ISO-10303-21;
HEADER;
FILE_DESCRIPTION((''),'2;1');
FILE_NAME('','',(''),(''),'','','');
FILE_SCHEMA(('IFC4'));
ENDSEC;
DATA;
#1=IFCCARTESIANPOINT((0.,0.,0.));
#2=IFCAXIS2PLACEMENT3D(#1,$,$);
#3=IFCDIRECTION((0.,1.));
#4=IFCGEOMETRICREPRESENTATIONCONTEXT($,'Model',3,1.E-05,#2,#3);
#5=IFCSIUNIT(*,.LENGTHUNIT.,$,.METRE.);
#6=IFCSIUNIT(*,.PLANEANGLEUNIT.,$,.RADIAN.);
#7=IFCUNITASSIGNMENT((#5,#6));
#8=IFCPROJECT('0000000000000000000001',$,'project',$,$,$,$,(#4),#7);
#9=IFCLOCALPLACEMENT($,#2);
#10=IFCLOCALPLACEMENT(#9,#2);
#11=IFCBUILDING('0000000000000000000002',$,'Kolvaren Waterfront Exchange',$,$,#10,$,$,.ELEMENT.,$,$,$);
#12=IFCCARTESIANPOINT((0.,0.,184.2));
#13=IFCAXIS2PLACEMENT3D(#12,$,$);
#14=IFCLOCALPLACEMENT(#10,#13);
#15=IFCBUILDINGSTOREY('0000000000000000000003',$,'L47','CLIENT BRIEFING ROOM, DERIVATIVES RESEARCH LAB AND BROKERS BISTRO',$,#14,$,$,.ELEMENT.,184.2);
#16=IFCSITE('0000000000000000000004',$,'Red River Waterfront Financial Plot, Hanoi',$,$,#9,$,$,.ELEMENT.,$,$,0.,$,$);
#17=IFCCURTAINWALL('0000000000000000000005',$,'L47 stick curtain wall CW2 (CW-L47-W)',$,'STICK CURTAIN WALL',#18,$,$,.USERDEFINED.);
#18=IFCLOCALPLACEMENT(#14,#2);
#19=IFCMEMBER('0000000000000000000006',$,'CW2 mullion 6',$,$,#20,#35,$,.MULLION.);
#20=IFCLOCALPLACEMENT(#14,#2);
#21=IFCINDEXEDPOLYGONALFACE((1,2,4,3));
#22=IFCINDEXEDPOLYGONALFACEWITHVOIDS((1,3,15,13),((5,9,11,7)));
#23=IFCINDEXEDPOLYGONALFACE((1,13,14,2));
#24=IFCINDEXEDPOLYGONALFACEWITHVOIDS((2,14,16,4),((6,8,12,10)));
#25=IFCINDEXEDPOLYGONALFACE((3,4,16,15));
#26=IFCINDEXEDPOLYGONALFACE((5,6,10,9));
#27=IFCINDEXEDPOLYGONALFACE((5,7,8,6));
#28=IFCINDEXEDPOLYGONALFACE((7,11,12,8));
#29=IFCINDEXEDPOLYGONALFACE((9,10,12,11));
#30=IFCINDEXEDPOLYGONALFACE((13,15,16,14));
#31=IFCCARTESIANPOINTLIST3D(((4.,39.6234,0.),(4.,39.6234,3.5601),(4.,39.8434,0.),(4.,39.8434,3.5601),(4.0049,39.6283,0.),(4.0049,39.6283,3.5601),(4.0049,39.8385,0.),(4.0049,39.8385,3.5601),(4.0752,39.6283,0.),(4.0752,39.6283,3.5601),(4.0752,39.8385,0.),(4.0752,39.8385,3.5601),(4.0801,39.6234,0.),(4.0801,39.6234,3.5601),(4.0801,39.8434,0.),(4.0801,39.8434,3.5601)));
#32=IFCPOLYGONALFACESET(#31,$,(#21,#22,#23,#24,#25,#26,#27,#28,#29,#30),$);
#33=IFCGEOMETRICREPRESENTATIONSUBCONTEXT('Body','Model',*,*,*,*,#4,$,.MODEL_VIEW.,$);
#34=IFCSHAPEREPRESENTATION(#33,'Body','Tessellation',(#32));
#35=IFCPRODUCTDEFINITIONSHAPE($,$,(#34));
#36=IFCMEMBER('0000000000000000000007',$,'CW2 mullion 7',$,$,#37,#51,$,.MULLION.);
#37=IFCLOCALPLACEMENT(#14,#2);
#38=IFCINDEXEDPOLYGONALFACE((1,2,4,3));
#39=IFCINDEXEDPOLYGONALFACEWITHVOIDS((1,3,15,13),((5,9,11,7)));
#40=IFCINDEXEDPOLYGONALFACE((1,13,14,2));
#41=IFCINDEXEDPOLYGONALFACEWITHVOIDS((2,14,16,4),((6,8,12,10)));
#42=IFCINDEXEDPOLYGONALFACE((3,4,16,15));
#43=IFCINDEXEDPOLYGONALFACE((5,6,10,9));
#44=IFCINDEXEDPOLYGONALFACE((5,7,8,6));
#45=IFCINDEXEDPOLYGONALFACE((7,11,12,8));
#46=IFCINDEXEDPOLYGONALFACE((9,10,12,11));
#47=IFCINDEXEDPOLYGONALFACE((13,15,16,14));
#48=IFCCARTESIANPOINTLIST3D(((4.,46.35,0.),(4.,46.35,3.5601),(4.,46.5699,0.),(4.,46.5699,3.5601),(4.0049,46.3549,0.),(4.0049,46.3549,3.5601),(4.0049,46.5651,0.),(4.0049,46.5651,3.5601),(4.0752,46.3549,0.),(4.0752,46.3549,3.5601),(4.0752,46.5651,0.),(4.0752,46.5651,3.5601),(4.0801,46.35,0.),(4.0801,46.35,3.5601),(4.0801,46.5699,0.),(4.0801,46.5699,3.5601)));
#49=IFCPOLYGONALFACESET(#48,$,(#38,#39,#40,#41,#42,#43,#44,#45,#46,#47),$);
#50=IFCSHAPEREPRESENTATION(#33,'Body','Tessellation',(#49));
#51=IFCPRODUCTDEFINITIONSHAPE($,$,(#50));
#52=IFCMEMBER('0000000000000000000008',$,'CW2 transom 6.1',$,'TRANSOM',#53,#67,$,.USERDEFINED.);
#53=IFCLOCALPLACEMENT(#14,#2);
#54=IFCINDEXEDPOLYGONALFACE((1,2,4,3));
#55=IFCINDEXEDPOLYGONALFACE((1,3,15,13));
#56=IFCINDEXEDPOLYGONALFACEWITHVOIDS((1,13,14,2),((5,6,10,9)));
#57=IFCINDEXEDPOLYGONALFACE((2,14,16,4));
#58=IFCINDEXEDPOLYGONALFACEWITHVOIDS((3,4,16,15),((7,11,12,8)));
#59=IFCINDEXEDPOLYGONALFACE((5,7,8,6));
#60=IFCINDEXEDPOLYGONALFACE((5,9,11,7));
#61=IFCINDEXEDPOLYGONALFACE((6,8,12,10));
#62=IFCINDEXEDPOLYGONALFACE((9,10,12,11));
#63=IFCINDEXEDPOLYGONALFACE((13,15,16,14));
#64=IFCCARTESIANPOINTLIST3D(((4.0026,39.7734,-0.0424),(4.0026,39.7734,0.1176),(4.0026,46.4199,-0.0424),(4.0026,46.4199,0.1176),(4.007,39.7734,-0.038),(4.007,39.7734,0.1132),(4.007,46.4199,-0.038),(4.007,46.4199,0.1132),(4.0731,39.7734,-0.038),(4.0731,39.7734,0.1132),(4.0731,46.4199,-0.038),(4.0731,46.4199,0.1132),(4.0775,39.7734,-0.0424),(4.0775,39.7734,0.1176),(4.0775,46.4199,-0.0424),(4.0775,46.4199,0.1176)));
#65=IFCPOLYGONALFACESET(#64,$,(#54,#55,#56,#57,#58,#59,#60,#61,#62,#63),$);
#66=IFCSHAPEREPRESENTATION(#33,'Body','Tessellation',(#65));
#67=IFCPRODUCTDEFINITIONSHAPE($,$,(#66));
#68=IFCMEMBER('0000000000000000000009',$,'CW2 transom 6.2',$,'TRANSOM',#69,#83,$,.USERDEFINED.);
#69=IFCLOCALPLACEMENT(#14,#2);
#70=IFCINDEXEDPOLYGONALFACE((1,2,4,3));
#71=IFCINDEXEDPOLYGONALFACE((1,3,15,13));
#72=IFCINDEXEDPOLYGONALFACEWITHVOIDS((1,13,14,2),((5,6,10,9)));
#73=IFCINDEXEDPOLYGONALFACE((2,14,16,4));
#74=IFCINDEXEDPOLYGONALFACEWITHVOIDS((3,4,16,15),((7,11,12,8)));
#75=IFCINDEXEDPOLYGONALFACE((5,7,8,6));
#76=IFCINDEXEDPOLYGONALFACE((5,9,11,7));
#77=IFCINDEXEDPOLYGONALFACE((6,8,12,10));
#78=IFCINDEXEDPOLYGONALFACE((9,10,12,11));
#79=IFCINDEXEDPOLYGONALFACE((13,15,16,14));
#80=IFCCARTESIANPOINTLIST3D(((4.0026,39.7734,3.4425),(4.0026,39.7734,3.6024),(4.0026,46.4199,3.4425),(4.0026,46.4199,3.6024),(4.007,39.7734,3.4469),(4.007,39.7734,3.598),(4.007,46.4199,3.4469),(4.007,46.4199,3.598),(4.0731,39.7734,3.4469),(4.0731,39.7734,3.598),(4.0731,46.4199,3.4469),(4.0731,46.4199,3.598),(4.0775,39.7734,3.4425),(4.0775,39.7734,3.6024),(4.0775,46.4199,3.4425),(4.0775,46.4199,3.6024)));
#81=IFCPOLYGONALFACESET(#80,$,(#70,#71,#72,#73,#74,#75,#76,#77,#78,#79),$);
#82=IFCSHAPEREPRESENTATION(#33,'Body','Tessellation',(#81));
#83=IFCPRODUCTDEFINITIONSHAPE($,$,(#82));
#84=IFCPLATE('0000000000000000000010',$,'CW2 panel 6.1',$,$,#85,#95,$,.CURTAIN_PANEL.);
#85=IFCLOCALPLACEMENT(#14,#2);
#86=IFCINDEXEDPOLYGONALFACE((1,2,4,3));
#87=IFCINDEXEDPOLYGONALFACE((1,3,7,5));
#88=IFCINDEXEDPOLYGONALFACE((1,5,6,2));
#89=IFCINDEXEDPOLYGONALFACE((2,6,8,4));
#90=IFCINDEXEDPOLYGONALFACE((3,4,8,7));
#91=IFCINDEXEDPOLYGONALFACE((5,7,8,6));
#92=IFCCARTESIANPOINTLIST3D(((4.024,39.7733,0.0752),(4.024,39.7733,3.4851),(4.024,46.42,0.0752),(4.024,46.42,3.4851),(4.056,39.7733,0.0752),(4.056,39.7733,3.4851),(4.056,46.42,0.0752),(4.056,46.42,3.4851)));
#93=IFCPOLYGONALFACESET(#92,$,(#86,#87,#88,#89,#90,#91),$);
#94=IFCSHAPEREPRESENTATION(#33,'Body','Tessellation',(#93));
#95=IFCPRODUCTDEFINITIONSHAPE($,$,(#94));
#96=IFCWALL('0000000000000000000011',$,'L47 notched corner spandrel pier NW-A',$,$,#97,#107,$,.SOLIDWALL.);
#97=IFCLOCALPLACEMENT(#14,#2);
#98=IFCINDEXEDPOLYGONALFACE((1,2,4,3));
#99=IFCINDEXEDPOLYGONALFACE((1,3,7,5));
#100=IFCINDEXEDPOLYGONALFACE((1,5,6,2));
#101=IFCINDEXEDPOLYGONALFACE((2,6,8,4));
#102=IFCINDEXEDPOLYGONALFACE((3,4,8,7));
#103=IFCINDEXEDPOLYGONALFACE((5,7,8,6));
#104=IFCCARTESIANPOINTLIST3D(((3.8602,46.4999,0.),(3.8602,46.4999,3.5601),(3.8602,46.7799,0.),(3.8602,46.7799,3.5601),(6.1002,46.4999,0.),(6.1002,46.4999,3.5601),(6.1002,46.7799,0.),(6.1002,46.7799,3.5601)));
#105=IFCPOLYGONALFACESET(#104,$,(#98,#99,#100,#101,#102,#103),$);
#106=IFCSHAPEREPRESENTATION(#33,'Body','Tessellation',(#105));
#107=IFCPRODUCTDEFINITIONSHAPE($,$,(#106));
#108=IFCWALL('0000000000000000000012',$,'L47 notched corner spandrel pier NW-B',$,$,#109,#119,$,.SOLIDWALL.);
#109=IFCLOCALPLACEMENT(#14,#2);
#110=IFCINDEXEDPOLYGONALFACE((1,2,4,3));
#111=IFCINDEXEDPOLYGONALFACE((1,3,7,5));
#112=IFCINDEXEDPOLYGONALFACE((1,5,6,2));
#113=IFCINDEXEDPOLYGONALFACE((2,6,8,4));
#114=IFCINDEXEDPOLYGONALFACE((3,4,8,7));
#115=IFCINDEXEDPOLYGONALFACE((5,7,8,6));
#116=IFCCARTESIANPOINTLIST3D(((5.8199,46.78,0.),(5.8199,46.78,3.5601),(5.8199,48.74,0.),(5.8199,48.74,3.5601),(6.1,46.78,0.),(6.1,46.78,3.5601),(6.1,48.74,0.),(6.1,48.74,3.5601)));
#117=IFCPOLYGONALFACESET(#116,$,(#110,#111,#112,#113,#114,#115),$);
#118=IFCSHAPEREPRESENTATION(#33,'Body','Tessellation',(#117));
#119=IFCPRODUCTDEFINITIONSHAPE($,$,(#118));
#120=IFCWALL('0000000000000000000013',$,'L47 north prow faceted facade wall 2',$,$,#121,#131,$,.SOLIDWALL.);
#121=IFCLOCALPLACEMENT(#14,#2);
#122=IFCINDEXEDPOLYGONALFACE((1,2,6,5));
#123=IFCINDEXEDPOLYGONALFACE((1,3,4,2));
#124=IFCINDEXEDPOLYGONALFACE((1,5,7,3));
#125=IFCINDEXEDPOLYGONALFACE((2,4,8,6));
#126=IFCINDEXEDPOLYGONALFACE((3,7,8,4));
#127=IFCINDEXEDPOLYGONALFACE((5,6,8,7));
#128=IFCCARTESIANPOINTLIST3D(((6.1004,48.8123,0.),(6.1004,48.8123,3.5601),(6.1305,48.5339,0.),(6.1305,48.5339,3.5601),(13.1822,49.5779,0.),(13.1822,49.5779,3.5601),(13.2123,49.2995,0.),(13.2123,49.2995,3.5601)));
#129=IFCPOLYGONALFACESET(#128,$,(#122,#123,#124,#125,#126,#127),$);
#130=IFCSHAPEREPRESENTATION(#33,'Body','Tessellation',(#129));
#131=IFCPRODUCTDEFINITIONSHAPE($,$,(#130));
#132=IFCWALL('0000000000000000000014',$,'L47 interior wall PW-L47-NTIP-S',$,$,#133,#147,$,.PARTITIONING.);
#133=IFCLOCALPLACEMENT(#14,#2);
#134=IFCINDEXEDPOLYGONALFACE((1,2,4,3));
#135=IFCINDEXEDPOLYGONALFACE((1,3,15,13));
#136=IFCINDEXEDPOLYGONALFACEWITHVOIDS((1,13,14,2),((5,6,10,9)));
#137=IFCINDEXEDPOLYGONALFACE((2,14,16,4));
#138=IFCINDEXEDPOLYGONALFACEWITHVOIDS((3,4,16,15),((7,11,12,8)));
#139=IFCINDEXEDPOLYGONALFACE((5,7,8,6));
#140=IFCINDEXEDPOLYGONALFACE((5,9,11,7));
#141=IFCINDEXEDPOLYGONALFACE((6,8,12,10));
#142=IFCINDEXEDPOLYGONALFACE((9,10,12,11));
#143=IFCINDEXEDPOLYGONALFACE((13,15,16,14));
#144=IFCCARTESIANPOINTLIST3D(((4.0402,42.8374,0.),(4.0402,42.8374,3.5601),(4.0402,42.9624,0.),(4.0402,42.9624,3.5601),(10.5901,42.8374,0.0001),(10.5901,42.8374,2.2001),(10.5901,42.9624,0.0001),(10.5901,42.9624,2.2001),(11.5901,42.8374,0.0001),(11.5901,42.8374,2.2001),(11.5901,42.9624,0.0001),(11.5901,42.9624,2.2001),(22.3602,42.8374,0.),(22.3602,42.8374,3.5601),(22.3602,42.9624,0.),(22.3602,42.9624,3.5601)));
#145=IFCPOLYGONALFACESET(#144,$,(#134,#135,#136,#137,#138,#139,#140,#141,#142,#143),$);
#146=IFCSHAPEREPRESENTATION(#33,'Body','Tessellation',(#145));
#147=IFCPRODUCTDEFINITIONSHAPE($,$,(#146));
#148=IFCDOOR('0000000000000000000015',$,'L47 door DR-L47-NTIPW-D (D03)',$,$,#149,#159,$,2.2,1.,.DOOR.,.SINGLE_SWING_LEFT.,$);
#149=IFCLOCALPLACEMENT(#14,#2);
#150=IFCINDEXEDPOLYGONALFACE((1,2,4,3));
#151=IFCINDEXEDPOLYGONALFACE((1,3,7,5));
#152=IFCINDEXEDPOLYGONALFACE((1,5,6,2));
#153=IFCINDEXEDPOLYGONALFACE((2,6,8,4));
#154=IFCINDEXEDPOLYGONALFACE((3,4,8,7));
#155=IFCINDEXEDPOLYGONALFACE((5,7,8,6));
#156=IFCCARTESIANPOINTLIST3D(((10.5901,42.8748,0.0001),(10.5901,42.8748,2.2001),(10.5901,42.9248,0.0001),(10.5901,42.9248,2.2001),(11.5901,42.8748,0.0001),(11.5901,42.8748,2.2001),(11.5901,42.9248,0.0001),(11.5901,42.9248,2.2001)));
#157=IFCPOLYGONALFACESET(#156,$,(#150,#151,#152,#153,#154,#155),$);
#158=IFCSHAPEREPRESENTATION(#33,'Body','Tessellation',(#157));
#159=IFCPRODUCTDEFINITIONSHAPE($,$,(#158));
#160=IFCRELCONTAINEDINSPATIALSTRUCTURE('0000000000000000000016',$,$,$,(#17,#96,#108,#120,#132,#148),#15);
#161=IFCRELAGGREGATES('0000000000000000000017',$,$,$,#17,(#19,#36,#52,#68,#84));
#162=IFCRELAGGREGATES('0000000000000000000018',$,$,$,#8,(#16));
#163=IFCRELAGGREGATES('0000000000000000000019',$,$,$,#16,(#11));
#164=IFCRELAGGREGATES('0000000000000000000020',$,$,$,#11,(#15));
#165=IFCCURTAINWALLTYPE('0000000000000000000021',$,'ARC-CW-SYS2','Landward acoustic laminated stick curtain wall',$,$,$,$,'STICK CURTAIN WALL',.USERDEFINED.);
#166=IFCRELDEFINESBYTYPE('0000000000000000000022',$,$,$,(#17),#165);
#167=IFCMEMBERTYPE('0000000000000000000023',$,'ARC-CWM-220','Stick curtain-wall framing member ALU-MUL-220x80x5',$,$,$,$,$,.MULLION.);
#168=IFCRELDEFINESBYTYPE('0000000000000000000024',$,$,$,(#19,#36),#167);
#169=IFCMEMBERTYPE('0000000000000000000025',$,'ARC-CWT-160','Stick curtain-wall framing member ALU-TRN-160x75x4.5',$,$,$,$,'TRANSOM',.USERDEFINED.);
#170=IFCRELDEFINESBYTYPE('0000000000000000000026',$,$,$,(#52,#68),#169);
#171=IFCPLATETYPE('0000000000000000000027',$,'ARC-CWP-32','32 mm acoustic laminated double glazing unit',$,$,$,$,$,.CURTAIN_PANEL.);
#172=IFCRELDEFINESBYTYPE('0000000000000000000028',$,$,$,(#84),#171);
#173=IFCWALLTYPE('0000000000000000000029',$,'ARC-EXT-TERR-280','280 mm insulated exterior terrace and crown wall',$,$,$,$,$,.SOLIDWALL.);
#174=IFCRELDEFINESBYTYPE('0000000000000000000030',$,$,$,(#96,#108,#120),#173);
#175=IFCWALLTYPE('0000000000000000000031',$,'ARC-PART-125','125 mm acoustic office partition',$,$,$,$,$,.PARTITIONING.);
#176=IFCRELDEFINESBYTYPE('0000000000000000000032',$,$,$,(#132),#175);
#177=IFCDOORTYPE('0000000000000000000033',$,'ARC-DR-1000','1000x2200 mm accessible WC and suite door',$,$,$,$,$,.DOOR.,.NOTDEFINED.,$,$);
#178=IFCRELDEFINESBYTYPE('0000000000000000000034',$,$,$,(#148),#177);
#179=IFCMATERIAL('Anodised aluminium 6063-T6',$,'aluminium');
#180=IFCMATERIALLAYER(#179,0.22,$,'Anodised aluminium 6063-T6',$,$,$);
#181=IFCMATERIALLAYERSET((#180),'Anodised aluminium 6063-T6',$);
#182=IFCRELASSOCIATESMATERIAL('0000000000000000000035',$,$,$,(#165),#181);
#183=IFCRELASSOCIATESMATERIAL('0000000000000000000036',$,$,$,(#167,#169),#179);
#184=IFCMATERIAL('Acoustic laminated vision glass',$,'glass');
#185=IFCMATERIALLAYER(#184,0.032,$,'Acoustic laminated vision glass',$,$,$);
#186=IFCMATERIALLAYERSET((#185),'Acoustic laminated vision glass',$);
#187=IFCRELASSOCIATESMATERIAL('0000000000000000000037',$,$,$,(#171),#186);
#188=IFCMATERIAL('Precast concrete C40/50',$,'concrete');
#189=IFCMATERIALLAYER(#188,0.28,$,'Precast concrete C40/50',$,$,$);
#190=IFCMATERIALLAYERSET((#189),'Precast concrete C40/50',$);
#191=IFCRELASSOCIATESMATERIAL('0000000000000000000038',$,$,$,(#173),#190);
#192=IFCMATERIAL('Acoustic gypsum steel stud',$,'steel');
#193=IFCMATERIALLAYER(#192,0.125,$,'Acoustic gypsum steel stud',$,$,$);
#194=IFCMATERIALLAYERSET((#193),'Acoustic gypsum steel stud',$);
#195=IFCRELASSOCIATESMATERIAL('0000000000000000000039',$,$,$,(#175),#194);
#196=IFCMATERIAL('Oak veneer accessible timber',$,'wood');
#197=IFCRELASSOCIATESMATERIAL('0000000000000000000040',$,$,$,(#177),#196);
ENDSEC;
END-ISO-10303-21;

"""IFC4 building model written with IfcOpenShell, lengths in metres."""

from ifc_helpers import new_model, si_unit, direction, frame, frame_2d, origin, origin_with_axes, origin_2d, place, context, subcontext, project, spatial, rectangle, hollow_rectangle, extrude, source, transform, mapped, material, layer, layer_set, material_profile, profile_set, type_object, element, fill, aggregate, save


model = new_model("IFC4")

# Units and contexts
model_context = context("Model", 3, precision=1e-05, world=origin(), true_north=direction((0.0, 1.0)))
body_context = subcontext(model_context, "Body", "Model", "MODEL_VIEW")
ifc_project = project(units=[si_unit("LENGTHUNIT", "METRE"), si_unit("PLANEANGLEUNIT", "RADIAN")], contexts=[model_context])

# Site, building, storey
site_placement = place(None, origin())
site = spatial("IfcSite", under=ifc_project, at=site_placement, Name="Red River Waterfront Financial Plot, Hanoi", CompositionType="ELEMENT", RefElevation=0.0)
building_placement = place(site_placement, origin())
building = spatial("IfcBuilding", under=site, at=building_placement, Name="Kolvaren Waterfront Exchange", CompositionType="ELEMENT")
storey_placement = place(building_placement, frame((0.0, 0.0, 184.2)))
storey = spatial("IfcBuildingStorey", under=building, at=storey_placement, Name="L47", Description="CLIENT BRIEFING ROOM, DERIVATIVES RESEARCH LAB AND BROKERS BISTRO", CompositionType="ELEMENT", Elevation=184.2)

# Curtain wall, members, plate
ifc_material_1 = material(Name="Anodised aluminium 6063-T6", Category="aluminium")
ifc_layer_1 = layer(ifc_material_1, 0.22, Name="Anodised aluminium 6063-T6")
ifc_layer_set_1 = layer_set([ifc_layer_1], Name="Anodised aluminium 6063-T6")
curtain_wall_type = type_object("IfcCurtainWallType", Name="ARC-CW-SYS2", Description="Landward acoustic laminated stick curtain wall", ElementType="STICK CURTAIN WALL", PredefinedType="USERDEFINED", material=ifc_layer_set_1)
curtain_wall_placement = place(storey_placement, origin())
curtain_wall = element("IfcCurtainWall", 1, at=curtain_wall_placement, inside=storey, type_object=curtain_wall_type, Name="L47 stick curtain wall CW2 (CW-L47-W)", ObjectType="STICK CURTAIN WALL", PredefinedType="USERDEFINED")
ifc_material_profile_1 = material_profile(ifc_material_1, hollow_rectangle(XDim=0.0801, YDim=0.22, WallThickness=0.0049, at=origin_2d()), Name="ALU-MUL-220x80x5")
ifc_profile_set_1 = profile_set([ifc_material_profile_1], Name="Anodised aluminium 6063-T6")
member_type_1 = type_object("IfcMemberType", Name="ARC-CWM-220", Description="Stick curtain-wall framing member ALU-MUL-220x80x5", PredefinedType="MULLION", material=ifc_profile_set_1)
shared_shape_1 = source(origin_with_axes(), body_context, "Body", "SweptSolid", [
    extrude(hollow_rectangle(XDim=0.0801, YDim=0.22, WallThickness=0.0049, at=origin_2d()), origin(), (0.0, 0.0, 1.0), 3.5601),
])
member_1_placement = place(storey_placement, frame((4.04, 39.7334, 0.0), z_axis=(0.0, 0.0, 1.0), x_axis=(-1.0, 0.0, 0.0)))
member_1 = element("IfcMember", 2, at=member_1_placement, type_object=member_type_1, Name="CW2 mullion 6", PredefinedType="MULLION", context=body_context, shape_type="MappedRepresentation", body=[
    mapped(shared_shape_1, transform((0.0, 0.0, 0.0), x_axis=(1.0, 0.0, 0.0), y_axis=(0.0, 1.0, 0.0), z_axis=(0.0, 0.0, 1.0), scale=1.0)),
])
member_2_placement = place(storey_placement, frame((4.04, 46.46, 0.0), z_axis=(0.0, 0.0, 1.0), x_axis=(-1.0, 0.0, 0.0)))
member_2 = element("IfcMember", 3, at=member_2_placement, type_object=member_type_1, Name="CW2 mullion 7", PredefinedType="MULLION", context=body_context, shape_type="MappedRepresentation", body=[
    mapped(shared_shape_1, transform((0.0, 0.0, 0.0), x_axis=(1.0, 0.0, 0.0), y_axis=(0.0, 1.0, 0.0), z_axis=(0.0, 0.0, 1.0), scale=1.0)),
])
ifc_material_profile_2 = material_profile(ifc_material_1, hollow_rectangle(XDim=0.075, YDim=0.1599, WallThickness=0.0044, at=origin_2d()), Name="ALU-TRN-160x75x4.5")
ifc_profile_set_2 = profile_set([ifc_material_profile_2], Name="Anodised aluminium 6063-T6")
member_type_2 = type_object("IfcMemberType", Name="ARC-CWT-160", Description="Stick curtain-wall framing member ALU-TRN-160x75x4.5", ElementType="TRANSOM", PredefinedType="USERDEFINED", material=ifc_profile_set_2)
shared_shape_2 = source(origin_with_axes(), body_context, "Body", "SweptSolid", [
    extrude(hollow_rectangle(XDim=0.075, YDim=0.1599, WallThickness=0.0044, at=origin_2d()), origin(), (0.0, 0.0, 1.0), 6.6465),
])
member_3_placement = place(storey_placement, frame((4.04, 39.7734, 0.0376), z_axis=(0.0, 1.0, 0.0), x_axis=(-1.0, 0.0, 0.0)))
member_3 = element("IfcMember", 4, at=member_3_placement, type_object=member_type_2, Name="CW2 transom 6.1", ObjectType="TRANSOM", PredefinedType="USERDEFINED", context=body_context, shape_type="MappedRepresentation", body=[
    mapped(shared_shape_2, transform((0.0, 0.0, 0.0), x_axis=(1.0, 0.0, 0.0), y_axis=(0.0, 1.0, 0.0), z_axis=(0.0, 0.0, 1.0), scale=1.0)),
])
member_4_placement = place(storey_placement, frame((4.04, 39.7734, 3.5225), z_axis=(0.0, 1.0, 0.0), x_axis=(-1.0, 0.0, 0.0)))
member_4 = element("IfcMember", 5, at=member_4_placement, type_object=member_type_2, Name="CW2 transom 6.2", ObjectType="TRANSOM", PredefinedType="USERDEFINED", context=body_context, shape_type="MappedRepresentation", body=[
    mapped(shared_shape_2, transform((0.0, 0.0, 0.0), x_axis=(1.0, 0.0, 0.0), y_axis=(0.0, 1.0, 0.0), z_axis=(0.0, 0.0, 1.0), scale=1.0)),
])
ifc_material_2 = material(Name="Acoustic laminated vision glass", Category="glass")
ifc_layer_2 = layer(ifc_material_2, 0.032, Name="Acoustic laminated vision glass")
ifc_layer_set_2 = layer_set([ifc_layer_2], Name="Acoustic laminated vision glass")
plate_type = type_object("IfcPlateType", Name="ARC-CWP-32", Description="32 mm acoustic laminated double glazing unit", PredefinedType="CURTAIN_PANEL", material=ifc_layer_set_2)
shared_shape_3 = source(origin_with_axes(), body_context, "Body", "SweptSolid", [
    extrude(rectangle(XDim=6.6467, YDim=0.032, at=origin_2d()), origin(), (0.0, 0.0, 1.0), 3.4099),
])
plate_placement = place(storey_placement, frame((4.04, 43.0967, 0.0752), z_axis=(0.0, 0.0, 1.0), x_axis=(0.0, 1.0, 0.0)))
plate = element("IfcPlate", 6, at=plate_placement, type_object=plate_type, Name="CW2 panel 6.1", PredefinedType="CURTAIN_PANEL", context=body_context, shape_type="MappedRepresentation", body=[
    mapped(shared_shape_3, transform((0.0, 0.0, 0.0), x_axis=(1.0, 0.0, 0.0), y_axis=(0.0, 1.0, 0.0), z_axis=(0.0, 0.0, 1.0), scale=1.0)),
])
aggregate(curtain_wall, [member_1, member_2, member_3, member_4, plate])

# Walls
ifc_material_3 = material(Name="Precast concrete C40/50", Category="concrete")
ifc_layer_3 = layer(ifc_material_3, 0.28, Name="Precast concrete C40/50")
ifc_layer_set_3 = layer_set([ifc_layer_3], Name="Precast concrete C40/50")
wall_type_1 = type_object("IfcWallType", Name="ARC-EXT-TERR-280", Description="280 mm insulated exterior terrace and crown wall", PredefinedType="SOLIDWALL", material=ifc_layer_set_3)
wall_1_placement = place(storey_placement, frame((3.8601, 46.6399, 0.0), z_axis=(0.0, 0.0, 1.0), x_axis=(1.0, 0.0, 0.0)))
element("IfcWall", 7, at=wall_1_placement, inside=storey, type_object=wall_type_1, Name="L47 notched corner spandrel pier NW-A", PredefinedType="SOLIDWALL", context=body_context, shape_type="SweptSolid", body=[
    extrude(rectangle(XDim=2.24, YDim=0.28, at=frame_2d((1.1201, 0.0))), origin(), (0.0, 0.0, 1.0), 3.5601),
])
wall_2_placement = place(storey_placement, frame((5.96, 46.78, 0.0), z_axis=(0.0, 0.0, 1.0), x_axis=(0.0, 1.0, 0.0)))
element("IfcWall", 8, at=wall_2_placement, inside=storey, type_object=wall_type_1, Name="L47 notched corner spandrel pier NW-B", PredefinedType="SOLIDWALL", context=body_context, shape_type="SweptSolid", body=[
    extrude(rectangle(XDim=1.96, YDim=0.28, at=frame_2d((0.98, 0.0))), origin(), (0.0, 0.0, 1.0), 3.5601),
])
wall_3_placement = place(storey_placement, frame((13.1973, 49.4387, 0.0), z_axis=(0.0, 0.0, 1.0), x_axis=(-0.994207, -0.107486, 0.0)))
element("IfcWall", 9, at=wall_3_placement, inside=storey, type_object=wall_type_1, Name="L47 north prow faceted facade wall 2", PredefinedType="SOLIDWALL", context=body_context, shape_type="SweptSolid", body=[
    extrude(rectangle(XDim=7.123, YDim=0.28, at=frame_2d((3.5615, 0.0))), origin(), (0.0, 0.0, 1.0), 3.5601),
])

# Wall, opening, door
ifc_material_4 = material(Name="Acoustic gypsum steel stud", Category="steel")
ifc_layer_4 = layer(ifc_material_4, 0.125, Name="Acoustic gypsum steel stud")
ifc_layer_set_4 = layer_set([ifc_layer_4], Name="Acoustic gypsum steel stud")
wall_type_2 = type_object("IfcWallType", Name="ARC-PART-125", Description="125 mm acoustic office partition", PredefinedType="PARTITIONING", material=ifc_layer_set_4)
wall_4_placement = place(storey_placement, frame((4.04, 42.8999, 0.0), z_axis=(0.0, 0.0, 1.0), x_axis=(1.0, 0.0, 0.0)))
wall_4 = element("IfcWall", 10, at=wall_4_placement, inside=storey, type_object=wall_type_2, Name="L47 interior wall PW-L47-NTIP-S", PredefinedType="PARTITIONING", context=body_context, shape_type="SweptSolid", body=[
    extrude(rectangle(XDim=18.3201, YDim=0.125, at=frame_2d((9.1602, 0.0))), origin(), (0.0, 0.0, 1.0), 3.5601),
])
opening_1_placement = place(wall_4_placement, frame((6.55, 0.0, 0.0)))
opening_1 = element("IfcOpeningElement", 11, at=opening_1_placement, cuts=wall_4, PredefinedType="OPENING", context=body_context, shape_type="SweptSolid", body=[
    extrude(rectangle(XDim=1.0, YDim=2.2, at=frame_2d((0.5, 1.1001))), frame((0.0, 0.0725, 0.0), z_axis=(0.0, -1.0, 0.0), x_axis=(1.0, 0.0, 0.0)), (0.0, 0.0, 1.0), 0.145),
])
ifc_material_5 = material(Name="Oak veneer accessible timber", Category="wood")
door_type_1 = type_object("IfcDoorType", Name="ARC-DR-1000", Description="1000x2200 mm accessible WC and suite door", OperationType="NOTDEFINED", PredefinedType="DOOR", material=ifc_material_5)
door_1_placement = place(opening_1_placement, origin())
door_1 = element("IfcDoor", 12, at=door_1_placement, inside=storey, type_object=door_type_1, Name="L47 door DR-L47-NTIPW-D (D03)", OperationType="SINGLE_SWING_LEFT", OverallHeight=2.2, OverallWidth=1.0, PredefinedType="DOOR", context=body_context, shape_type="SweptSolid", body=[
    extrude(rectangle(XDim=1.0, YDim=2.2, at=frame_2d((0.5, 1.1001))), frame((0.0, 0.0249, 0.0), z_axis=(0.0, -1.0, 0.0), x_axis=(1.0, 0.0, 0.0)), (0.0, 0.0, 1.0), 0.05),
])
fill(opening_1, door_1)

save(model, "model.ifc")
